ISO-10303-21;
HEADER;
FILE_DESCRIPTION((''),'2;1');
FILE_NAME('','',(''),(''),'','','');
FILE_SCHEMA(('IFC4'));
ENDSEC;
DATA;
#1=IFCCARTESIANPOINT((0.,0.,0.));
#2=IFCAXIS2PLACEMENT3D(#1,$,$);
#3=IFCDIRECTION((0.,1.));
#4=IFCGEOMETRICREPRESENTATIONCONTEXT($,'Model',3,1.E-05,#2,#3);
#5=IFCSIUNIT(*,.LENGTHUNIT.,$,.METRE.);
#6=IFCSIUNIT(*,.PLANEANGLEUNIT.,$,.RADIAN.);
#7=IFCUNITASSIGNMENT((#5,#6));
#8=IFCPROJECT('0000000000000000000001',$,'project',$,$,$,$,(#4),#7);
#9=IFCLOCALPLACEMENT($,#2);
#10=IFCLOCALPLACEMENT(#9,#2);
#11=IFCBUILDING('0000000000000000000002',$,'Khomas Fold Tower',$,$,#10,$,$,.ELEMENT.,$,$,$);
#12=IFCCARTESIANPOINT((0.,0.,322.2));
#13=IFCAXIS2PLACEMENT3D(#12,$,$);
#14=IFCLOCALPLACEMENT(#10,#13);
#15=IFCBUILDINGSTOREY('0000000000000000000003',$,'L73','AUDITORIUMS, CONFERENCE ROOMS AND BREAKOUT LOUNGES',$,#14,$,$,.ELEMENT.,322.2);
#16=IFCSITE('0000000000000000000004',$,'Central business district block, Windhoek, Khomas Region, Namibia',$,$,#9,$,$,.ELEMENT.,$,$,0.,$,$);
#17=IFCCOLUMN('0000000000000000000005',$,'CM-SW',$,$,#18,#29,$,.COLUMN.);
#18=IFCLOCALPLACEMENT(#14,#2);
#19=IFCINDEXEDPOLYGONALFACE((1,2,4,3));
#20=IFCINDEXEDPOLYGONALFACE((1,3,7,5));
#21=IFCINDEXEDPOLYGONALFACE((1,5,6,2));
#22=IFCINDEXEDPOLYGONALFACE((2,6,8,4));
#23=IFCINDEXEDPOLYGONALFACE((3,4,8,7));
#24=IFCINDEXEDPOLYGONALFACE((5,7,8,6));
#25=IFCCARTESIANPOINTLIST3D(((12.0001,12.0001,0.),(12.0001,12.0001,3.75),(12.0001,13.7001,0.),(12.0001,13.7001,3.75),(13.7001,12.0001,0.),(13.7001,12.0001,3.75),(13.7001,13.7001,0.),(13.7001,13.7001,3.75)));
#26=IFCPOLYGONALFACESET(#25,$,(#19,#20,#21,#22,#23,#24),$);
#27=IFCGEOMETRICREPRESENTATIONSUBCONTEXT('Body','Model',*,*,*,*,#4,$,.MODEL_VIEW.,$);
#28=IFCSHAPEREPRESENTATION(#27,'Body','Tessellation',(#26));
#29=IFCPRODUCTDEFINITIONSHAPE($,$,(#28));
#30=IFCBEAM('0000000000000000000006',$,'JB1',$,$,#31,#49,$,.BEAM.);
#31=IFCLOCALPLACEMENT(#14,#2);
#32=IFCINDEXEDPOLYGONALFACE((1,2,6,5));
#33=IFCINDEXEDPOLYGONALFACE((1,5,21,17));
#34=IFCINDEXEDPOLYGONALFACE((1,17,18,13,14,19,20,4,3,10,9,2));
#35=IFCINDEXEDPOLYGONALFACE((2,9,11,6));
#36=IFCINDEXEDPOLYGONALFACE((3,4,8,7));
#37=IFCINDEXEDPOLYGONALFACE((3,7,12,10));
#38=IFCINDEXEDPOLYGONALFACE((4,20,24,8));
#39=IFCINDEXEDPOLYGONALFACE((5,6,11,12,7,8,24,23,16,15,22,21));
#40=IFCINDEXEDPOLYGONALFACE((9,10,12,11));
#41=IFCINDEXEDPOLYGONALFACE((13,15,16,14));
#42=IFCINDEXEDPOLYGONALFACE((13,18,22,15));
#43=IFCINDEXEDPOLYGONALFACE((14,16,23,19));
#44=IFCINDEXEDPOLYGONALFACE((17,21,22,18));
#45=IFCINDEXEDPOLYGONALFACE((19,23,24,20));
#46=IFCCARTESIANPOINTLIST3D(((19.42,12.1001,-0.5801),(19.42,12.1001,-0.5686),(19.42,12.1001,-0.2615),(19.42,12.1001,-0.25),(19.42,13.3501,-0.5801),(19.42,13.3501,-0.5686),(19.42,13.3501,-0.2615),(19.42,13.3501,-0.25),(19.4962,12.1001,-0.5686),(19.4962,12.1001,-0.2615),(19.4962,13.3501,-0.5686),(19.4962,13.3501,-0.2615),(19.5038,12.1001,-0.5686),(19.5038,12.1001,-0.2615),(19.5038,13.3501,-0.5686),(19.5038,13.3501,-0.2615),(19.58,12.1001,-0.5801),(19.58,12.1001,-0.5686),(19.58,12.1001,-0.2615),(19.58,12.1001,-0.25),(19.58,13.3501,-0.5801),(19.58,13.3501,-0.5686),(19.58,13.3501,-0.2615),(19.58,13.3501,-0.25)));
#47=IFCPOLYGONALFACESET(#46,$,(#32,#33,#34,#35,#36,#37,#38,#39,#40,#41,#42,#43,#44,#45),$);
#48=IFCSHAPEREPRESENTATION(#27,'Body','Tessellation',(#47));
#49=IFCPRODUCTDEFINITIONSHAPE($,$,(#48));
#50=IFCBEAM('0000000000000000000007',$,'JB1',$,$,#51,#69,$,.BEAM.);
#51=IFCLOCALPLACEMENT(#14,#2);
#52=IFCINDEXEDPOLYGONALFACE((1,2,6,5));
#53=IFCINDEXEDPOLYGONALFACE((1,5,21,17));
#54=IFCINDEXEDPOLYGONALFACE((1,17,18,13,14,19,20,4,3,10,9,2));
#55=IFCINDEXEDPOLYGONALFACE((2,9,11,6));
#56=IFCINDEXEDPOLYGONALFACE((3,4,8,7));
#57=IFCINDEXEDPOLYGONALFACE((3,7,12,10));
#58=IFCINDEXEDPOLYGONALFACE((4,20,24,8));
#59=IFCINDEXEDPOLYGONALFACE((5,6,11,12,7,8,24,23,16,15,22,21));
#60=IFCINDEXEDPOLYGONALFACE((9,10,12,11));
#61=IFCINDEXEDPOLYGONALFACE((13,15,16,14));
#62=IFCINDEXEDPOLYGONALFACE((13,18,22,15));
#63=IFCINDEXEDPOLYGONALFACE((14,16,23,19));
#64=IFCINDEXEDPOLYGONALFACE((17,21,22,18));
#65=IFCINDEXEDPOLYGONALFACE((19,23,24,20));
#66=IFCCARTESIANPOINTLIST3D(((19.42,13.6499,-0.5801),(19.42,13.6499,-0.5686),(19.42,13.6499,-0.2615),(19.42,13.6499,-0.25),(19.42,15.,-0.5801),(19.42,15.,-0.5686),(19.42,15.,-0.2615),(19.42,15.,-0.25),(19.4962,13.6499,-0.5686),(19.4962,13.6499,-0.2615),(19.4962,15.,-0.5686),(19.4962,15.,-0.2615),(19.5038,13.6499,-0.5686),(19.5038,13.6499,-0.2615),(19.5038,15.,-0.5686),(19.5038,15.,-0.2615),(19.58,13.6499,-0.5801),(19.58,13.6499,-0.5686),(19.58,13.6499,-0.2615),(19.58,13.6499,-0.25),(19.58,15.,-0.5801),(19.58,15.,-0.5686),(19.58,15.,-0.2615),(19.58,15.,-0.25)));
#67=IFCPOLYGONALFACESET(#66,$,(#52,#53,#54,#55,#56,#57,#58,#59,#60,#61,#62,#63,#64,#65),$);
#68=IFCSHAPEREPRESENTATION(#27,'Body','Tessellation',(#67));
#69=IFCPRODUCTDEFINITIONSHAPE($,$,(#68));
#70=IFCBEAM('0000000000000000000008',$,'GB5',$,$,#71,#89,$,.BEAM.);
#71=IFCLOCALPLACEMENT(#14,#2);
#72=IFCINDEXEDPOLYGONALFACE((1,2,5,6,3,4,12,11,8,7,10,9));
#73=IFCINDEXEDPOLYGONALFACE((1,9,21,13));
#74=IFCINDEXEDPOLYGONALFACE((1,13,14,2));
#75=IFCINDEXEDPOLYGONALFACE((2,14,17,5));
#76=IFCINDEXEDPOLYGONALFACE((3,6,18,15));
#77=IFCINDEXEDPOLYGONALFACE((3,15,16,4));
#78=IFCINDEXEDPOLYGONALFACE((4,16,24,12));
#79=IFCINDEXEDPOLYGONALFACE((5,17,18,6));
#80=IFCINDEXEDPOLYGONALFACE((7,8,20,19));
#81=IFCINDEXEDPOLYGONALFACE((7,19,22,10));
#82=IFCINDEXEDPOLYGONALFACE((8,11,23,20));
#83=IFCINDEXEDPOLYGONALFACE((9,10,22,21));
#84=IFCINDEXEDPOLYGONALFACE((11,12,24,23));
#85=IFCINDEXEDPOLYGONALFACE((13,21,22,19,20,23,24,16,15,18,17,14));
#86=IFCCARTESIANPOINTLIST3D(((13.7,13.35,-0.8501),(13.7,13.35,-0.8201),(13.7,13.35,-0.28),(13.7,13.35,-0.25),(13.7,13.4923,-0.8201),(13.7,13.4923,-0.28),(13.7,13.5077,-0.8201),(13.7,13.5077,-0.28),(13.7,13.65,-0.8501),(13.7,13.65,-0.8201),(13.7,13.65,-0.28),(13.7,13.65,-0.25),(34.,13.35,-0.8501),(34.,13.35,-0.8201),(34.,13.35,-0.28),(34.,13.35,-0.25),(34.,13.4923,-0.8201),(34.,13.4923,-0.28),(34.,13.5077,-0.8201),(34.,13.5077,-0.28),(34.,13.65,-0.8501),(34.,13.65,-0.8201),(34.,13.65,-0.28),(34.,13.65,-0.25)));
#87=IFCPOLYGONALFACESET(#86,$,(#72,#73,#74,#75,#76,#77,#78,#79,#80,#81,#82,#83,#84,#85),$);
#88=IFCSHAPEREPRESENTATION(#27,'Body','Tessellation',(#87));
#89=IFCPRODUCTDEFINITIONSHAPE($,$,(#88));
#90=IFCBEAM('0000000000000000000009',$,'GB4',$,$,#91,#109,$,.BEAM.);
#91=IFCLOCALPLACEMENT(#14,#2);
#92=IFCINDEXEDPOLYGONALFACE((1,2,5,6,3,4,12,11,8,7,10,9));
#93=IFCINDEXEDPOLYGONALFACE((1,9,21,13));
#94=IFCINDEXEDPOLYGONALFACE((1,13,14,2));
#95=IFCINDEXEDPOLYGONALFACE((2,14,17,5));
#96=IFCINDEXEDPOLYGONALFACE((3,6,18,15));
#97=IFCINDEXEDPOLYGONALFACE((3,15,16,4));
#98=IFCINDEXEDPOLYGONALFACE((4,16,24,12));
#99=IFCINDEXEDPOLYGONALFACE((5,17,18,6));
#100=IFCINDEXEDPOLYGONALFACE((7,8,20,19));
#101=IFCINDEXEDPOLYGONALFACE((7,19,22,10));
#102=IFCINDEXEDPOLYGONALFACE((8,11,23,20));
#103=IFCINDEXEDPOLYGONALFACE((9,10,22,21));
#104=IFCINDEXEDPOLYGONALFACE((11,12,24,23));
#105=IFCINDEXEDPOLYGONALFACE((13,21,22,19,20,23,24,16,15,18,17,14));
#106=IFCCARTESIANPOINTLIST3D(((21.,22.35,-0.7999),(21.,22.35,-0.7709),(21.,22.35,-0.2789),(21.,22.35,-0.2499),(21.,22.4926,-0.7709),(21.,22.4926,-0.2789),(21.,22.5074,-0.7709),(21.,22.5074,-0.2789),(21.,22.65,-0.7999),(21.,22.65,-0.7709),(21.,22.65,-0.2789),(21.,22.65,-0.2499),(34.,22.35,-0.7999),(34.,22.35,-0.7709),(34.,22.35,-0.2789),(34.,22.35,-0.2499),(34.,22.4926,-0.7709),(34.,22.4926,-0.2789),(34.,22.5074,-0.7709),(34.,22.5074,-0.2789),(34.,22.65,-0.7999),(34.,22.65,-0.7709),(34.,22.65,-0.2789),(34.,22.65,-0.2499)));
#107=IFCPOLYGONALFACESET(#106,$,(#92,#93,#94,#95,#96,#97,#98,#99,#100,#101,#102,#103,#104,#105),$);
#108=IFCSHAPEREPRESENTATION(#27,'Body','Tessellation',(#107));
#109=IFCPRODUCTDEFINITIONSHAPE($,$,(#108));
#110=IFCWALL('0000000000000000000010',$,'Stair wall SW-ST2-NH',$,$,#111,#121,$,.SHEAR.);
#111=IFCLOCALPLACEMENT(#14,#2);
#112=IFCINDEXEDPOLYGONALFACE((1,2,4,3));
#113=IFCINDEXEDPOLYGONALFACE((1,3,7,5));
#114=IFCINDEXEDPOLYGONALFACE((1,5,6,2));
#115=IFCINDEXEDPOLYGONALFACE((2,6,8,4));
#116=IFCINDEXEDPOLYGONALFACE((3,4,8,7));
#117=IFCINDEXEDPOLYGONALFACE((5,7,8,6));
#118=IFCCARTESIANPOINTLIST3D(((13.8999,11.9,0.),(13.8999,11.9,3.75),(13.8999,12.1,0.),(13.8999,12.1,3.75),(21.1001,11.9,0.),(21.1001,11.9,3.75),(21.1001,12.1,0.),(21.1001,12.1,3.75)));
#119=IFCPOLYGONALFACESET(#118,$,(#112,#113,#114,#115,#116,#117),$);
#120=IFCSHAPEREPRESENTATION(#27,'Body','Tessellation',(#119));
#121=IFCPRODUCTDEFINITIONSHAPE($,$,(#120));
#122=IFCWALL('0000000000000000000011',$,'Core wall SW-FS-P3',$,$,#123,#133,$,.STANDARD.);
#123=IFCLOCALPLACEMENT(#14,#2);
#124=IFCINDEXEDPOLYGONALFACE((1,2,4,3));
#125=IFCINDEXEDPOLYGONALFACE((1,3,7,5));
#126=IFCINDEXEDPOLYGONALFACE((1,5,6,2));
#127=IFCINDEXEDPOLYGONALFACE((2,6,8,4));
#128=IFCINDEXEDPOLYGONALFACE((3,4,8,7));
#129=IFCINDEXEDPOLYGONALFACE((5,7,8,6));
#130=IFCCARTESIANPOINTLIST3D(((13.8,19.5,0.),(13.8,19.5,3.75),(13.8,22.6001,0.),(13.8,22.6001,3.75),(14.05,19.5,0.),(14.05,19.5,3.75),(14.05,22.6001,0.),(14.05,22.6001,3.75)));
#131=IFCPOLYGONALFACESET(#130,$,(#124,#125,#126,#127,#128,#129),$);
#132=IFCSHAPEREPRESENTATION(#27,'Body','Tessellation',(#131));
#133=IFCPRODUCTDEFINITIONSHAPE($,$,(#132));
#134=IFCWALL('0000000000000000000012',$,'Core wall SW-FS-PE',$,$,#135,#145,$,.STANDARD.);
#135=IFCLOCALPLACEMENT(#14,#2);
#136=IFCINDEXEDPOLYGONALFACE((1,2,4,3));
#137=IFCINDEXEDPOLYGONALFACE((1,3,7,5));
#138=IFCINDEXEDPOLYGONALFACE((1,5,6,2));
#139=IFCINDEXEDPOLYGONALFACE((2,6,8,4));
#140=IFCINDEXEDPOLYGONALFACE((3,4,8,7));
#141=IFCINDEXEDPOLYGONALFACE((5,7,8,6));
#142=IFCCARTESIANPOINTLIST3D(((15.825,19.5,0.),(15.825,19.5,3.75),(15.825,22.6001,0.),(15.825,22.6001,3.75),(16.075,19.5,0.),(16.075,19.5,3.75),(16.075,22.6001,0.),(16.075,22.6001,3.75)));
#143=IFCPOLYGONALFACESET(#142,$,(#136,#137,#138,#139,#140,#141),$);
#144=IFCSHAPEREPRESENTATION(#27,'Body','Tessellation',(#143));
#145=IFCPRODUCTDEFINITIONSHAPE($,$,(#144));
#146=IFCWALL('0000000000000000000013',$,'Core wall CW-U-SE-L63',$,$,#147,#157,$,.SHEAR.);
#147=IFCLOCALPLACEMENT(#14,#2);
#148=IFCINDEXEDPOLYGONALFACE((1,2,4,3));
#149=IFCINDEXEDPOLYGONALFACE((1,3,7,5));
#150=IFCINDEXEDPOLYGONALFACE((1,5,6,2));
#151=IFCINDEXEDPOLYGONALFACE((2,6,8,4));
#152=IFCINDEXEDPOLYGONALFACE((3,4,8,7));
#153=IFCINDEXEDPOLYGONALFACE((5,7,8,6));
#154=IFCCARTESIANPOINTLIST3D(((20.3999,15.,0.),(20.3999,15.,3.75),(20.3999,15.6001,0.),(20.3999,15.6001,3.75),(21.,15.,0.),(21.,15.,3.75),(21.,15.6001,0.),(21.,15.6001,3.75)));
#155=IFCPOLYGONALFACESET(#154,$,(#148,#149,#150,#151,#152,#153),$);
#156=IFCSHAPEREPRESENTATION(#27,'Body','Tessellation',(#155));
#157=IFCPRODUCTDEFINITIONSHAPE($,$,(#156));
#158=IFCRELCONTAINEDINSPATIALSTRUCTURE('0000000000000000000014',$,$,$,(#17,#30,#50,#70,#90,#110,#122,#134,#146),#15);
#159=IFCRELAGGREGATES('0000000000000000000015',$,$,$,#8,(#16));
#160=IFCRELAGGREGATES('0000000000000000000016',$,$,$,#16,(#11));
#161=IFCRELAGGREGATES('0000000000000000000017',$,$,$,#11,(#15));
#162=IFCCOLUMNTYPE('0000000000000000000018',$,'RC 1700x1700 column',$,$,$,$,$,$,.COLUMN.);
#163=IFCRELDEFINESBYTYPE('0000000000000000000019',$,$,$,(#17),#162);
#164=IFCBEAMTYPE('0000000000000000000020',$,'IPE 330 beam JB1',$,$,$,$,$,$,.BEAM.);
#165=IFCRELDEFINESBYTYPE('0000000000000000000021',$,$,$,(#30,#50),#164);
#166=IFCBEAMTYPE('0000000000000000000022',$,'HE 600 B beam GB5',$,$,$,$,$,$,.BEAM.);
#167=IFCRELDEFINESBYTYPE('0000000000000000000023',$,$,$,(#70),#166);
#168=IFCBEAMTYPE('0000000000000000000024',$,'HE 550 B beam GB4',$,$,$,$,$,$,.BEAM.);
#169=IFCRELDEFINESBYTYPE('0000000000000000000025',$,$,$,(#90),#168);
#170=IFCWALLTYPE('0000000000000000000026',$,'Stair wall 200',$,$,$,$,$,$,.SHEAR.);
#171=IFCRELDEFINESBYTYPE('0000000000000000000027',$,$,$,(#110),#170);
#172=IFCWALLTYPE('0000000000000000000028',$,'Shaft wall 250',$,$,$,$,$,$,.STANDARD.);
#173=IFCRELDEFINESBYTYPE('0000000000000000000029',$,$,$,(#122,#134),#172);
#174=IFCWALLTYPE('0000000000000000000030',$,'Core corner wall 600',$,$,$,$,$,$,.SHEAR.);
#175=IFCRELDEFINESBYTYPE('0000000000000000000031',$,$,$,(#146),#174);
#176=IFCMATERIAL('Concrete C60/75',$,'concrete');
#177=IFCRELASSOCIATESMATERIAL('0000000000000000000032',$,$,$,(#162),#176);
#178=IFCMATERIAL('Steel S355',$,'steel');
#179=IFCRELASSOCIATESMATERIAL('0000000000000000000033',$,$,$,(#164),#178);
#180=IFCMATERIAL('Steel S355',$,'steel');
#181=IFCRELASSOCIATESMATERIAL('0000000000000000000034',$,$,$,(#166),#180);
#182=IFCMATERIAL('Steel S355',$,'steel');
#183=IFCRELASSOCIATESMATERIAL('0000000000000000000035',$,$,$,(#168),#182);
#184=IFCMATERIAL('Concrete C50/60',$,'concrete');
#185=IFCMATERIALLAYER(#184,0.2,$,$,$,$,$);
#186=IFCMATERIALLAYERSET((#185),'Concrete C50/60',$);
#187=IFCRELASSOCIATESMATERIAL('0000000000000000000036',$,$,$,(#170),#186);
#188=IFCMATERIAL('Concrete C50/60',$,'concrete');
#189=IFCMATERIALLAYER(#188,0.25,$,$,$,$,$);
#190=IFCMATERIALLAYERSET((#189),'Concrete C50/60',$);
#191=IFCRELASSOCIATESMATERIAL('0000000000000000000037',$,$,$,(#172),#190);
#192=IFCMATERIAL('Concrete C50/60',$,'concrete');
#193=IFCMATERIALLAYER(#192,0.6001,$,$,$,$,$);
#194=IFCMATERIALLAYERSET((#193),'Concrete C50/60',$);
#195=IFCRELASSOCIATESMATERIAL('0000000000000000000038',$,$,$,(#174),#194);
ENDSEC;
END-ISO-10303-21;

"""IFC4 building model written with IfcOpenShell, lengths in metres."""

from ifc_helpers import new_model, si_unit, direction, frame, frame_2d, origin, origin_2d, place, context, subcontext, project, spatial, rectangle, i_section, extrude, source, transform, mapped, material, layer, layer_set, material_profile, profile_set, type_object, element, save


model = new_model("IFC4")

# Units and contexts
model_context = context("Model", 3, precision=1e-05, world=origin(), true_north=direction((0.0, 1.0)))
body_context = subcontext(model_context, "Body", "Model", "MODEL_VIEW")
ifc_project = project(units=[si_unit("LENGTHUNIT", "METRE"), si_unit("PLANEANGLEUNIT", "RADIAN")], contexts=[model_context])

# Site, building, storey
site_placement = place(None, origin())
site = spatial("IfcSite", under=ifc_project, at=site_placement, Name="Central business district block, Windhoek, Khomas Region, Namibia", CompositionType="ELEMENT", RefElevation=0.0)
building_placement = place(site_placement, origin())
building = spatial("IfcBuilding", under=site, at=building_placement, Name="Khomas Fold Tower", CompositionType="ELEMENT")
storey_placement = place(building_placement, frame((0.0, 0.0, 322.2)))
storey = spatial("IfcBuildingStorey", under=building, at=storey_placement, Name="L73", Description="AUDITORIUMS, CONFERENCE ROOMS AND BREAKOUT LOUNGES", CompositionType="ELEMENT", Elevation=322.2)

# Column
ifc_material_1 = material(Name="Concrete C60/75", Category="concrete")
ifc_material_profile_1 = material_profile(ifc_material_1, rectangle(XDim=1.7, YDim=1.7, at=origin_2d()), Name="RC 1700x1700")
ifc_profile_set_1 = profile_set([ifc_material_profile_1], Name="Concrete C60/75")
column_type = type_object("IfcColumnType", Name="RC 1700x1700 column", PredefinedType="COLUMN", material=ifc_profile_set_1)
shared_shape_1 = source(origin(), body_context, "Body", "SweptSolid", [
    extrude(rectangle(XDim=1.7, YDim=1.7, at=origin_2d()), origin(), (0.0, 0.0, 1.0), 3.75),
])
column_placement = place(storey_placement, frame((12.8501, 12.8501, 0.0), z_axis=(0.0, 0.0, 1.0), x_axis=(1.0, 0.0, 0.0)))
element("IfcColumn", 1, at=column_placement, inside=storey, type_object=column_type, Name="CM-SW", PredefinedType="COLUMN", context=body_context, shape_type="MappedRepresentation", body=[
    mapped(shared_shape_1, transform((0.0, 0.0, 0.0))),
])

# Beams
ifc_material_2 = material(Name="Steel S355", Category="steel")
ifc_material_profile_2 = material_profile(ifc_material_2, i_section(OverallWidth=0.1599, OverallDepth=0.3301, WebThickness=0.0076, FlangeThickness=0.0115, at=origin_2d()), Name="IPE 330")
ifc_profile_set_2 = profile_set([ifc_material_profile_2], Name="Steel S355")
beam_type_1 = type_object("IfcBeamType", Name="IPE 330 beam JB1", PredefinedType="BEAM", material=ifc_profile_set_2)
shared_shape_2 = source(origin(), body_context, "Body", "SweptSolid", [
    extrude(i_section(OverallWidth=0.1599, OverallDepth=0.3301, WebThickness=0.0076, FlangeThickness=0.0115, at=origin_2d()), origin(), (0.0, 0.0, 1.0), 1.25),
])
beam_1_placement = place(storey_placement, frame((19.5, 12.1001, -0.415), z_axis=(0.0, 1.0, 0.0), x_axis=(-1.0, 0.0, 0.0)))
element("IfcBeam", 2, at=beam_1_placement, inside=storey, type_object=beam_type_1, Name="JB1", PredefinedType="BEAM", context=body_context, shape_type="MappedRepresentation", body=[
    mapped(shared_shape_2, transform((0.0, 0.0, 0.0))),
])
shared_shape_3 = source(origin(), body_context, "Body", "SweptSolid", [
    extrude(i_section(OverallWidth=0.1599, OverallDepth=0.3301, WebThickness=0.0076, FlangeThickness=0.0115, at=origin_2d()), origin(), (0.0, 0.0, 1.0), 1.3501),
])
beam_2_placement = place(storey_placement, frame((19.5, 13.6499, -0.415), z_axis=(0.0, 1.0, 0.0), x_axis=(-1.0, 0.0, 0.0)))
element("IfcBeam", 3, at=beam_2_placement, inside=storey, type_object=beam_type_1, Name="JB1", PredefinedType="BEAM", context=body_context, shape_type="MappedRepresentation", body=[
    mapped(shared_shape_3, transform((0.0, 0.0, 0.0))),
])
ifc_material_3 = material(Name="Steel S355", Category="steel")
ifc_material_profile_3 = material_profile(ifc_material_3, i_section(OverallWidth=0.3, OverallDepth=0.6001, WebThickness=0.0154, FlangeThickness=0.03, at=origin_2d()), Name="HE 600 B")
ifc_profile_set_3 = profile_set([ifc_material_profile_3], Name="Steel S355")
beam_type_2 = type_object("IfcBeamType", Name="HE 600 B beam GB5", PredefinedType="BEAM", material=ifc_profile_set_3)
shared_shape_4 = source(origin(), body_context, "Body", "SweptSolid", [
    extrude(i_section(OverallWidth=0.3, OverallDepth=0.6001, WebThickness=0.0154, FlangeThickness=0.03, at=origin_2d()), origin(), (0.0, 0.0, 1.0), 20.3),
])
beam_3_placement = place(storey_placement, frame((13.7, 13.5, -0.55), z_axis=(1.0, 0.0, 0.0), x_axis=(0.0, 1.0, 0.0)))
element("IfcBeam", 4, at=beam_3_placement, inside=storey, type_object=beam_type_2, Name="GB5", PredefinedType="BEAM", context=body_context, shape_type="MappedRepresentation", body=[
    mapped(shared_shape_4, transform((0.0, 0.0, 0.0))),
])
ifc_material_4 = material(Name="Steel S355", Category="steel")
ifc_material_profile_4 = material_profile(ifc_material_4, i_section(OverallWidth=0.3, OverallDepth=0.55, WebThickness=0.0149, FlangeThickness=0.0291, at=origin_2d()), Name="HE 550 B")
ifc_profile_set_4 = profile_set([ifc_material_profile_4], Name="Steel S355")
beam_type_3 = type_object("IfcBeamType", Name="HE 550 B beam GB4", PredefinedType="BEAM", material=ifc_profile_set_4)
shared_shape_5 = source(origin(), body_context, "Body", "SweptSolid", [
    extrude(i_section(OverallWidth=0.3, OverallDepth=0.55, WebThickness=0.0149, FlangeThickness=0.0291, at=origin_2d()), origin(), (0.0, 0.0, 1.0), 13.0),
])
beam_4_placement = place(storey_placement, frame((21.0, 22.5, -0.5249), z_axis=(1.0, 0.0, 0.0), x_axis=(0.0, 1.0, 0.0)))
element("IfcBeam", 5, at=beam_4_placement, inside=storey, type_object=beam_type_3, Name="GB4", PredefinedType="BEAM", context=body_context, shape_type="MappedRepresentation", body=[
    mapped(shared_shape_5, transform((0.0, 0.0, 0.0))),
])

# Walls
ifc_material_5 = material(Name="Concrete C50/60", Category="concrete")
ifc_layer_1 = layer(ifc_material_5, 0.2)
ifc_layer_set_1 = layer_set([ifc_layer_1], Name="Concrete C50/60")
wall_type_1 = type_object("IfcWallType", Name="Stair wall 200", PredefinedType="SHEAR", material=ifc_layer_set_1)
shared_shape_6 = source(origin(), body_context, "Body", "SweptSolid", [
    extrude(rectangle(XDim=7.2002, YDim=0.2, at=frame_2d((3.6001, 0.0))), origin(), (0.0, 0.0, 1.0), 3.75),
])
wall_1_placement = place(storey_placement, frame((13.8999, 12.0, 0.0), z_axis=(0.0, 0.0, 1.0), x_axis=(1.0, 0.0, 0.0)))
element("IfcWall", 6, at=wall_1_placement, inside=storey, type_object=wall_type_1, Name="Stair wall SW-ST2-NH", PredefinedType="SHEAR", context=body_context, shape_type="MappedRepresentation", body=[
    mapped(shared_shape_6, transform((0.0, 0.0, 0.0))),
])
ifc_material_6 = material(Name="Concrete C50/60", Category="concrete")
ifc_layer_2 = layer(ifc_material_6, 0.25)
ifc_layer_set_2 = layer_set([ifc_layer_2], Name="Concrete C50/60")
wall_type_2 = type_object("IfcWallType", Name="Shaft wall 250", PredefinedType="STANDARD", material=ifc_layer_set_2)
shared_shape_7 = source(origin(), body_context, "Body", "SweptSolid", [
    extrude(rectangle(XDim=3.1001, YDim=0.25, at=frame_2d((1.55, 0.0))), origin(), (0.0, 0.0, 1.0), 3.75),
])
for number, where, z_axis, x_axis, name in (
    (7, (13.925, 19.5, 0.0), (0.0, 0.0, 1.0), (0.0, 1.0, 0.0), "Core wall SW-FS-P3"),
    (8, (15.95, 19.5, 0.0), (0.0, 0.0, 1.0), (0.0, 1.0, 0.0), "Core wall SW-FS-PE"),
):
    element("IfcWall", number, at=place(storey_placement, frame(where, z_axis=z_axis, x_axis=x_axis)), inside=storey, type_object=wall_type_2, Name=name, PredefinedType="STANDARD", context=body_context, shape_type="MappedRepresentation", body=[
        mapped(shared_shape_7, transform((0.0, 0.0, 0.0))),
    ])
ifc_material_7 = material(Name="Concrete C50/60", Category="concrete")
ifc_layer_3 = layer(ifc_material_7, 0.6001)
ifc_layer_set_3 = layer_set([ifc_layer_3], Name="Concrete C50/60")
wall_type_3 = type_object("IfcWallType", Name="Core corner wall 600", PredefinedType="SHEAR", material=ifc_layer_set_3)
shared_shape_8 = source(origin(), body_context, "Body", "SweptSolid", [
    extrude(rectangle(XDim=0.6001, YDim=0.6001, at=frame_2d((0.3, 0.0))), origin(), (0.0, 0.0, 1.0), 3.75),
])
wall_2_placement = place(storey_placement, frame((20.3999, 15.3, 0.0), z_axis=(0.0, 0.0, 1.0), x_axis=(1.0, 0.0, 0.0)))
element("IfcWall", 9, at=wall_2_placement, inside=storey, type_object=wall_type_3, Name="Core wall CW-U-SE-L63", PredefinedType="SHEAR", context=body_context, shape_type="MappedRepresentation", body=[
    mapped(shared_shape_8, transform((0.0, 0.0, 0.0))),
])

save(model, "model.ifc")
